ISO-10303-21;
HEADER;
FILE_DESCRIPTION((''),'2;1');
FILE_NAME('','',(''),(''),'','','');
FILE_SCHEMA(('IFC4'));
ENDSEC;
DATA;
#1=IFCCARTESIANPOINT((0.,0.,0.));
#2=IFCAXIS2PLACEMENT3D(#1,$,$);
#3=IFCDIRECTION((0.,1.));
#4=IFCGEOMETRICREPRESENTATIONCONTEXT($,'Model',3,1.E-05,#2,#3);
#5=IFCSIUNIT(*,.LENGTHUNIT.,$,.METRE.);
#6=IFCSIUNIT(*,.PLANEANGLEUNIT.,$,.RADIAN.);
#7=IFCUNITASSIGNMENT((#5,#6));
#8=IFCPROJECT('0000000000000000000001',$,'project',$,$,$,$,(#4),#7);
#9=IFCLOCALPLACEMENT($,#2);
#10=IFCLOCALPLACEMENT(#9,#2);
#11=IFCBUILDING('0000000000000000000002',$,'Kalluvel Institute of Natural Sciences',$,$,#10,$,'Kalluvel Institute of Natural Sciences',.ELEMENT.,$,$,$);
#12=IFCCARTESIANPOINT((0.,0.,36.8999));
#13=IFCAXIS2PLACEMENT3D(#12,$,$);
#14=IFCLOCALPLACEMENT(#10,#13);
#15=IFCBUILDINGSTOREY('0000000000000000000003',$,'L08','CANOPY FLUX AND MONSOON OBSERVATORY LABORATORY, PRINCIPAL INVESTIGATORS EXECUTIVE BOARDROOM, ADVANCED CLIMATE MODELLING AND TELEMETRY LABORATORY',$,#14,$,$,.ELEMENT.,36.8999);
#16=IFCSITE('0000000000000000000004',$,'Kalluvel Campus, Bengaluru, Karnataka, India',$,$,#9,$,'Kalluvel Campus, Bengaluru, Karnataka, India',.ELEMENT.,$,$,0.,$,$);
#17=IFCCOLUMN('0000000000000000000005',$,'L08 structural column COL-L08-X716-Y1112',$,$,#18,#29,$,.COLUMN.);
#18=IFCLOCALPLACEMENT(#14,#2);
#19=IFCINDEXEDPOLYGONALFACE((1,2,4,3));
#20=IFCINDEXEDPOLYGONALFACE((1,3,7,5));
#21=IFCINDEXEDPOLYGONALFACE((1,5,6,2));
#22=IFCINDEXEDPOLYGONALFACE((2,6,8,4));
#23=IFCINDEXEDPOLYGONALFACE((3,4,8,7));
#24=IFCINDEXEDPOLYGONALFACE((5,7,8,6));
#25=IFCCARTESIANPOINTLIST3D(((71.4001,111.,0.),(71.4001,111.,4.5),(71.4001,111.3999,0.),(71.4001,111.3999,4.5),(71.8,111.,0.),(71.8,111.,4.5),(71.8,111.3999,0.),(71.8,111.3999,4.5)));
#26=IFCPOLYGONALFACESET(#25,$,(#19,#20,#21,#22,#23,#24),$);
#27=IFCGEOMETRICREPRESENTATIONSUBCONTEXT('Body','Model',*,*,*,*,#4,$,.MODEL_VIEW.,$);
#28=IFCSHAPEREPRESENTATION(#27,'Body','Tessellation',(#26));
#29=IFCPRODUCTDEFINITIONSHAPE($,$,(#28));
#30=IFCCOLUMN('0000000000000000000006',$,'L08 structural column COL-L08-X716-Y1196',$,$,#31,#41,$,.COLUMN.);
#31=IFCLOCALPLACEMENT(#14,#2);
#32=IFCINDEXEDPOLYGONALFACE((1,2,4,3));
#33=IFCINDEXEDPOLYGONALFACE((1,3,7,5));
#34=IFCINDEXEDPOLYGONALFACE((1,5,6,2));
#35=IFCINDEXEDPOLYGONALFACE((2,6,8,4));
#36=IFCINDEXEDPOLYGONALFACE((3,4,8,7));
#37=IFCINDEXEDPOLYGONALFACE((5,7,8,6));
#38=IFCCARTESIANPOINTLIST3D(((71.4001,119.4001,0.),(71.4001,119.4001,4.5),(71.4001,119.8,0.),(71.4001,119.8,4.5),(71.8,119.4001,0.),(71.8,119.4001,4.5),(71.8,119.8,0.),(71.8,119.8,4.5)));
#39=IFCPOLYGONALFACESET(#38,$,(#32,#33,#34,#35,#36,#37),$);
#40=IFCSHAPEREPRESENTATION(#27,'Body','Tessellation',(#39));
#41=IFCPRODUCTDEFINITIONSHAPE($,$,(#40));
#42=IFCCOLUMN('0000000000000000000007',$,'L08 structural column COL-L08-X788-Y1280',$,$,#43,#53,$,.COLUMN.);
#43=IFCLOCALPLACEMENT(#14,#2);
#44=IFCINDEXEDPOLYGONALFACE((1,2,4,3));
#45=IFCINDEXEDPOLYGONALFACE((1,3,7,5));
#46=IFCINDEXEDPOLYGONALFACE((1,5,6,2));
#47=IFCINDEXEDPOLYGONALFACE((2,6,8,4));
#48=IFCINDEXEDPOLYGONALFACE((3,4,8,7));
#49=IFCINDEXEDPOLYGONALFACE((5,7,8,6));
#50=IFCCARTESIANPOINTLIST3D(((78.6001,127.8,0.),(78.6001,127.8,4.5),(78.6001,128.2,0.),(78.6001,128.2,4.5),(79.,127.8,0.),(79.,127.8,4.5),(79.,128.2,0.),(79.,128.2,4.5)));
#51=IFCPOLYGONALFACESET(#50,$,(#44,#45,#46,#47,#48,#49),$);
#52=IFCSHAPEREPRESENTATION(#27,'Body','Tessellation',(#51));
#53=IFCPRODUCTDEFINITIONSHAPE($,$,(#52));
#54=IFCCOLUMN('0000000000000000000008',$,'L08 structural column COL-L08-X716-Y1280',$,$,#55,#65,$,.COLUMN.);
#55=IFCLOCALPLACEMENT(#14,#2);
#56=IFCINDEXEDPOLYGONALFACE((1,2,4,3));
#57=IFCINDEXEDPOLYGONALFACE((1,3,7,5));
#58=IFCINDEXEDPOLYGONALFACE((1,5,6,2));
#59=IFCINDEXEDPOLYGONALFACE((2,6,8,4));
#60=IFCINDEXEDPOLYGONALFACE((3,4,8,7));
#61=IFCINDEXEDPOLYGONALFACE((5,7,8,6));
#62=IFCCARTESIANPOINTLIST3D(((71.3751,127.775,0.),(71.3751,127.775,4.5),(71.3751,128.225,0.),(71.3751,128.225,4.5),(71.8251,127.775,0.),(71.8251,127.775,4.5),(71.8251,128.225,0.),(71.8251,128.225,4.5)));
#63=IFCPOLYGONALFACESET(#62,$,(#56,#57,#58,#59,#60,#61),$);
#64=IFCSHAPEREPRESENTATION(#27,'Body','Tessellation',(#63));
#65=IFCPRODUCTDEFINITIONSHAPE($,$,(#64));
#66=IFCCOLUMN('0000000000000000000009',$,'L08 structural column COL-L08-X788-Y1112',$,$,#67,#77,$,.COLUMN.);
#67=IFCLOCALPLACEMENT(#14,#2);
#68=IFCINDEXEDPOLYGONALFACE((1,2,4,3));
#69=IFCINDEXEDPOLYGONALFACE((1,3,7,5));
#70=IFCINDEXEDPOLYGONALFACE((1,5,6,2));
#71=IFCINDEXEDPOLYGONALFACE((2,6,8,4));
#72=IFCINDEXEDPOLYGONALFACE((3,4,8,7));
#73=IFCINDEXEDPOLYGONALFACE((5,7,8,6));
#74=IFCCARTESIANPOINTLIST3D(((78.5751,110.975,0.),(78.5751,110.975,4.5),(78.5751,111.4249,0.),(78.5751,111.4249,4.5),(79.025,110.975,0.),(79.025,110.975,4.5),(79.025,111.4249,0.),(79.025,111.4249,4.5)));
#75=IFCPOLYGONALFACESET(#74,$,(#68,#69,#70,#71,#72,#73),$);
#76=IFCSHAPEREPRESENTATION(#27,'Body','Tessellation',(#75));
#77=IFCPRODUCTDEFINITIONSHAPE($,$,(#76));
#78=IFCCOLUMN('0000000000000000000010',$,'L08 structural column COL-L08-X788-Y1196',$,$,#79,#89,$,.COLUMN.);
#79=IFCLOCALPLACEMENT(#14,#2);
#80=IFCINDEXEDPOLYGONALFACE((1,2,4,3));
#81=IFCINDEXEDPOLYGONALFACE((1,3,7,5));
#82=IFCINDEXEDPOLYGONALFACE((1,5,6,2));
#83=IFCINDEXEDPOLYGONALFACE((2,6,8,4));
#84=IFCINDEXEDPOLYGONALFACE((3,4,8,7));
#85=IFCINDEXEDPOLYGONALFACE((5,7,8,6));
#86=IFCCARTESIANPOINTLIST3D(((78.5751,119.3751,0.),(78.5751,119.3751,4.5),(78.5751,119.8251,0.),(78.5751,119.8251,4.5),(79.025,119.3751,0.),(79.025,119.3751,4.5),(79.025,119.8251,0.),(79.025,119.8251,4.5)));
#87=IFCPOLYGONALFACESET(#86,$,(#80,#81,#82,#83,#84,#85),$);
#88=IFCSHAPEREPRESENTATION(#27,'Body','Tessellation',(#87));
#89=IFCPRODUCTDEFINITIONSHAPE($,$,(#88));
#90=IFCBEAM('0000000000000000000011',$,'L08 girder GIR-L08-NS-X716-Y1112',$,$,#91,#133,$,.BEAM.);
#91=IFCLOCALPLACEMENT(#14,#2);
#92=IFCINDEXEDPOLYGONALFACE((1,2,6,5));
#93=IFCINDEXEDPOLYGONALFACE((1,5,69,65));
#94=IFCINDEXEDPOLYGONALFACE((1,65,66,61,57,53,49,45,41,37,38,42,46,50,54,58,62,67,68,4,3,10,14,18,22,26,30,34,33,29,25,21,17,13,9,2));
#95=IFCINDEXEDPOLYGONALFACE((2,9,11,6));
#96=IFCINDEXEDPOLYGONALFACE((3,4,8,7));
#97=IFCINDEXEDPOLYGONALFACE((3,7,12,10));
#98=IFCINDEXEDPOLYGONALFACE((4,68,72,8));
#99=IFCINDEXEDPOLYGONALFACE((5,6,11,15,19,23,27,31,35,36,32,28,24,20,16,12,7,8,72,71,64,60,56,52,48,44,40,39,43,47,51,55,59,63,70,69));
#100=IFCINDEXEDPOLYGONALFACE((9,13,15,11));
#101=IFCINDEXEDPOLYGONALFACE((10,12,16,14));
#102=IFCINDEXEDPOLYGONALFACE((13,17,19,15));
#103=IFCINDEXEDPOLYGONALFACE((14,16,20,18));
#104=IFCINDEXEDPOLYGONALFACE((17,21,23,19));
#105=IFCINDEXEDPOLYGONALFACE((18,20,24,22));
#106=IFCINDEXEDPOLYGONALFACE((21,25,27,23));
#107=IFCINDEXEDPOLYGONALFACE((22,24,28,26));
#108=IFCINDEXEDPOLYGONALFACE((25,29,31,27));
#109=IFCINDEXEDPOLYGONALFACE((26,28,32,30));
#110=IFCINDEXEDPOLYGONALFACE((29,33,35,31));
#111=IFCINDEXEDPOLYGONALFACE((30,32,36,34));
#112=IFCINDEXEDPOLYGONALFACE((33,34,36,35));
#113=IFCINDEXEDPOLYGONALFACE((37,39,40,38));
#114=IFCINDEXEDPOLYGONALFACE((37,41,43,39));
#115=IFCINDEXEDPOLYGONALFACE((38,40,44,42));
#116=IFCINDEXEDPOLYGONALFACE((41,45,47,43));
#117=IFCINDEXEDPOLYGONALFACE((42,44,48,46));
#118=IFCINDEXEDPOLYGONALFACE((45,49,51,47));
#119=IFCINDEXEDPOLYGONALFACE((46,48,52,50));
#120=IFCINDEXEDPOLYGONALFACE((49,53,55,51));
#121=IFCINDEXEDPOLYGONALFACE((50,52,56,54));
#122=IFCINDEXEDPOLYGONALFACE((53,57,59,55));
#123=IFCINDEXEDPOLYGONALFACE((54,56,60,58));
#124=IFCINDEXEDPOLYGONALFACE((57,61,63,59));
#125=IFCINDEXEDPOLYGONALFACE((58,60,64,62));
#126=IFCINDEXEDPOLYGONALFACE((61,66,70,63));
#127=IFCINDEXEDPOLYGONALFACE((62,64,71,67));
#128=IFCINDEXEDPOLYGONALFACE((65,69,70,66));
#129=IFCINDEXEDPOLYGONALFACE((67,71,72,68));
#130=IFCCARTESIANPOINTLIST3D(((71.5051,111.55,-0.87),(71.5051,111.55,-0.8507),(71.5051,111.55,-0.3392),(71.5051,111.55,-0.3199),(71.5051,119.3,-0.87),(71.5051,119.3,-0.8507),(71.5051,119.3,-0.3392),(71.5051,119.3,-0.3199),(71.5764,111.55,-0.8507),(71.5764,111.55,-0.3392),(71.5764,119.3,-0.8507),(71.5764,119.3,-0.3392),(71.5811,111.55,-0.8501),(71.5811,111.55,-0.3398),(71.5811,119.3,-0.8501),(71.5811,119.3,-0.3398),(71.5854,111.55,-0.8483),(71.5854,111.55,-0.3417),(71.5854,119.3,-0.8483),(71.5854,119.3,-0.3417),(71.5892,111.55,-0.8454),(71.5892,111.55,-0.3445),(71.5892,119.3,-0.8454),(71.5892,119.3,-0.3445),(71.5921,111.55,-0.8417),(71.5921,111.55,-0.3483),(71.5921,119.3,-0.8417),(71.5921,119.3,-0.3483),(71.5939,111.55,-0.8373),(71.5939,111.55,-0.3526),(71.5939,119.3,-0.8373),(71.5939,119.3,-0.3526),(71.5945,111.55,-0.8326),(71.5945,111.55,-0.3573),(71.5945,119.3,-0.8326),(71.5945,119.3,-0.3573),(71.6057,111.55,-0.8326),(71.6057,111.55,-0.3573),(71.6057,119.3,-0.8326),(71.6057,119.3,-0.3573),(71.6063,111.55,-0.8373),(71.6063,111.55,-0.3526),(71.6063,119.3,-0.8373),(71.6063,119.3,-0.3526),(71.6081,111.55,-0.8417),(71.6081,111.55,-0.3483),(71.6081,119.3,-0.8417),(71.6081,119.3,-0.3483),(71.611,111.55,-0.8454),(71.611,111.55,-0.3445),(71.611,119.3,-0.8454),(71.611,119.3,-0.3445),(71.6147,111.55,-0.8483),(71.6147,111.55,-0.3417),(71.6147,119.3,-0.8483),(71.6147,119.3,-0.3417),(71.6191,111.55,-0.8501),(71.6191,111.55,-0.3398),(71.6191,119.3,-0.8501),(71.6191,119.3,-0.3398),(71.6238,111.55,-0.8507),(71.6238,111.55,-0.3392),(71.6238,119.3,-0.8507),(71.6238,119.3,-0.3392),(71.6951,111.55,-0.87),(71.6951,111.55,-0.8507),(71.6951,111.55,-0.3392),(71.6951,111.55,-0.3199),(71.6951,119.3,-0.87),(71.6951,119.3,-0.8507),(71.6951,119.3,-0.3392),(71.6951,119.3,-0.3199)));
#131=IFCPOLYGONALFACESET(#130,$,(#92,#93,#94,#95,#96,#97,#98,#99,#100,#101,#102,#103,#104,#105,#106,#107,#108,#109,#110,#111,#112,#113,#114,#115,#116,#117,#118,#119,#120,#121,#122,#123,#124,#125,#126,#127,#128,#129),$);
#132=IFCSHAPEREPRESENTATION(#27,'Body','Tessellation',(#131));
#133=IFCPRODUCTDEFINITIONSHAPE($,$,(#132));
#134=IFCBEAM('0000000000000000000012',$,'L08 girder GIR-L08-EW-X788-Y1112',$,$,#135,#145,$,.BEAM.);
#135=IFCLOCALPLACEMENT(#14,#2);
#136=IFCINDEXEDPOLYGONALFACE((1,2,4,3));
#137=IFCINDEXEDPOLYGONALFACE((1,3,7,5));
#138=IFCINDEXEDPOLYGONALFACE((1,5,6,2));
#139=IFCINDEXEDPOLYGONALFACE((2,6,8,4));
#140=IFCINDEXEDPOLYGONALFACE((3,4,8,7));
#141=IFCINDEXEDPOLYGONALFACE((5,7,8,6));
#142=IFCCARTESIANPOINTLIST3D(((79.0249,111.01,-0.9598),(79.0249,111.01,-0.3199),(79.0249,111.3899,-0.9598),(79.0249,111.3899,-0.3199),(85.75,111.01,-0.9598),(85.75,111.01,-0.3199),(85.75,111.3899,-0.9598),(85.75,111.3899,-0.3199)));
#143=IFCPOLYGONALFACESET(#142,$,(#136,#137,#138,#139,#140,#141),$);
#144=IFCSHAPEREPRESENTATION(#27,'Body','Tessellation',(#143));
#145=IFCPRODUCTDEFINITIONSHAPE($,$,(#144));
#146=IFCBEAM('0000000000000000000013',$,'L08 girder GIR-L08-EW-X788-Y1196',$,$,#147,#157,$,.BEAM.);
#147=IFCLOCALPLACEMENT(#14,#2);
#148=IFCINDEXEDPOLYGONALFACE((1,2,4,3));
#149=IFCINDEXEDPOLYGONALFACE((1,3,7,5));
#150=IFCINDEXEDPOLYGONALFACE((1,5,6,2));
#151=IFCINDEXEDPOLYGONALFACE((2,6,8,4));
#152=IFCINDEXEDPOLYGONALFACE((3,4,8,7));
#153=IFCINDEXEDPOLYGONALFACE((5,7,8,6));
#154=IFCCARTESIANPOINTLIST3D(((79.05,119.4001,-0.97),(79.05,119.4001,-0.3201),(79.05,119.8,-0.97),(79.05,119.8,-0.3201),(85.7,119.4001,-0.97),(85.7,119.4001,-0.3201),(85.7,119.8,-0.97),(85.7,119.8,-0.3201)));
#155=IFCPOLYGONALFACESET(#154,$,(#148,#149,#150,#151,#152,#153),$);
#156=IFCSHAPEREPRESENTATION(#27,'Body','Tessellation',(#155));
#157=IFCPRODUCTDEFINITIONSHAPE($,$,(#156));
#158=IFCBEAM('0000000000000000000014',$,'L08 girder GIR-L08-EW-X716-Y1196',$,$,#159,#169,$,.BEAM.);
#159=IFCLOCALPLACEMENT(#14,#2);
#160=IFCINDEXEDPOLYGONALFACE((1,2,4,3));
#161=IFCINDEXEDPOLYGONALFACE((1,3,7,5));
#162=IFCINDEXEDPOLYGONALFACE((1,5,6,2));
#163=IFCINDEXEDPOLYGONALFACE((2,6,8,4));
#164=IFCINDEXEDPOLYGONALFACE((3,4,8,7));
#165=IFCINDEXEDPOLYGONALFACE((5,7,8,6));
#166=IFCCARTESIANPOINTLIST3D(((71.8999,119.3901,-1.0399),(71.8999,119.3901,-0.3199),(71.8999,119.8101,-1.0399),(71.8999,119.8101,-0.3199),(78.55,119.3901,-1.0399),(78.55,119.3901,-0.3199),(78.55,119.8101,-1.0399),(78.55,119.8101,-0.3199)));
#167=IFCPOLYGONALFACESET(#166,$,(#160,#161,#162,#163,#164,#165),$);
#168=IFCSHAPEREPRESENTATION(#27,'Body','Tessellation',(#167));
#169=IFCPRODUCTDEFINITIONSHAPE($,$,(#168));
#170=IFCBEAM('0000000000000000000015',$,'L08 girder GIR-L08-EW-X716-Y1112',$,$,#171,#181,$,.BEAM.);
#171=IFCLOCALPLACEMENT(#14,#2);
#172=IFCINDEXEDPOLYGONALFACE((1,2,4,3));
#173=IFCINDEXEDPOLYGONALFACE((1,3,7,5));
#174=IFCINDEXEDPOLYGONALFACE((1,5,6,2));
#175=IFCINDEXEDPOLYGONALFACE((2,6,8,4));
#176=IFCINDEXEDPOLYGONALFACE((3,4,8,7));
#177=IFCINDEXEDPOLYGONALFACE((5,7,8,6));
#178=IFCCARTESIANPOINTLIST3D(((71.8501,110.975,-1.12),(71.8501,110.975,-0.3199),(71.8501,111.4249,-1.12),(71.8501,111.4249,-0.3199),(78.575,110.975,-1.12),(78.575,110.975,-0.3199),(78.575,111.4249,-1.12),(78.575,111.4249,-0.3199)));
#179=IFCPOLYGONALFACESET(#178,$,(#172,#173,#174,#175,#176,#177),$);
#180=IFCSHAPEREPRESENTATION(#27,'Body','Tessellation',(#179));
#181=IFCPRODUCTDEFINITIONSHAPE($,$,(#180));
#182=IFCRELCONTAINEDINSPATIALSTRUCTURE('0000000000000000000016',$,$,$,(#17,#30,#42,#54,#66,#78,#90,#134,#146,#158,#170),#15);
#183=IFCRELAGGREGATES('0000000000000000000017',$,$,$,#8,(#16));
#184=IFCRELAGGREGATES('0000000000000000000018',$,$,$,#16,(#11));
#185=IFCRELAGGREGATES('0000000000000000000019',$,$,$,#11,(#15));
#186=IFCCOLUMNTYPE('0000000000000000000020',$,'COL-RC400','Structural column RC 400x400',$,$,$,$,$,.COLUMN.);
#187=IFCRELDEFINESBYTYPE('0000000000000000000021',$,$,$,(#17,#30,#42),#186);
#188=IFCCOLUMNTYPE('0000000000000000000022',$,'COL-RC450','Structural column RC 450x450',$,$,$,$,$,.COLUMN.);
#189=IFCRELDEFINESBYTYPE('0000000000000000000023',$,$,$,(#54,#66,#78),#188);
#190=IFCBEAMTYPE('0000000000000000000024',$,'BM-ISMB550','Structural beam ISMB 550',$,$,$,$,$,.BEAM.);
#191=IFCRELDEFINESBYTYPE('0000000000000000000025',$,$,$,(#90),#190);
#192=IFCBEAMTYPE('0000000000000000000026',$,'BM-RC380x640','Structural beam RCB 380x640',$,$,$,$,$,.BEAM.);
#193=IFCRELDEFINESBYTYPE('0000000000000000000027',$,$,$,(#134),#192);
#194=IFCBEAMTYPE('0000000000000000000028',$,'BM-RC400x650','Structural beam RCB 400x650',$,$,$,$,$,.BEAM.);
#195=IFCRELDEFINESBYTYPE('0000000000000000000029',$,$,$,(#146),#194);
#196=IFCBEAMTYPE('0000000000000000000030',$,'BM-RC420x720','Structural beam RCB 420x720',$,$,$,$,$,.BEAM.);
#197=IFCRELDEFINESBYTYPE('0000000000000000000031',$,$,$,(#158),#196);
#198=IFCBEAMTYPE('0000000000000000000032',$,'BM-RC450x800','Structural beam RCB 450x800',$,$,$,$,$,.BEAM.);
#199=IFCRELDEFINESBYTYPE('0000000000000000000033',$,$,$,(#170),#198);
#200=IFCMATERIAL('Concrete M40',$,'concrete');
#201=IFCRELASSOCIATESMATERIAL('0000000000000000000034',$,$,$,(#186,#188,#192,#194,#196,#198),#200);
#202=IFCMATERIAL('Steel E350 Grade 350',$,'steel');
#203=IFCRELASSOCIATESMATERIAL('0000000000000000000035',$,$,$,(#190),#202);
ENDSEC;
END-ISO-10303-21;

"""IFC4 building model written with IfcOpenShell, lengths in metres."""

from ifc_helpers import new_model, si_unit, direction, frame, origin, origin_2d, place, context, subcontext, project, spatial, rectangle, i_section, extrude, material, material_profile, profile_set, type_object, element, save


model = new_model("IFC4")

# Units and contexts
model_context = context("Model", 3, precision=1e-05, world=origin(), true_north=direction((0.0, 1.0)))
body_context = subcontext(model_context, "Body", "Model", "MODEL_VIEW")
ifc_project = project(units=[si_unit("LENGTHUNIT", "METRE"), si_unit("PLANEANGLEUNIT", "RADIAN")], contexts=[model_context])

# Site, building, storey
site_placement = place(None, origin())
site = spatial("IfcSite", under=ifc_project, at=site_placement, Name="Kalluvel Campus, Bengaluru, Karnataka, India", LongName="Kalluvel Campus, Bengaluru, Karnataka, India", CompositionType="ELEMENT", RefElevation=0.0)
building_placement = place(site_placement, origin())
building = spatial("IfcBuilding", under=site, at=building_placement, Name="Kalluvel Institute of Natural Sciences", LongName="Kalluvel Institute of Natural Sciences", CompositionType="ELEMENT")
storey_placement = place(building_placement, frame((0.0, 0.0, 36.8999)))
storey = spatial("IfcBuildingStorey", under=building, at=storey_placement, Name="L08", Description="CANOPY FLUX AND MONSOON OBSERVATORY LABORATORY, PRINCIPAL INVESTIGATORS EXECUTIVE BOARDROOM, ADVANCED CLIMATE MODELLING AND TELEMETRY LABORATORY", CompositionType="ELEMENT", Elevation=36.8999)

# Columns
ifc_material_1 = material(Name="Concrete M40", Category="concrete")
ifc_material_profile_1 = material_profile(ifc_material_1, rectangle(XDim=0.3999, YDim=0.3999, at=origin_2d()), Name="RC 400x400")
ifc_profile_set_1 = profile_set([ifc_material_profile_1], Name="Concrete M40")
column_type_1 = type_object("IfcColumnType", Name="COL-RC400", Description="Structural column RC 400x400", PredefinedType="COLUMN", material=ifc_profile_set_1)
for number, where, z_axis, x_axis, name in (
    (1, (71.6001, 111.2, 0.0), (0.0, 0.0, 1.0), (1.0, 0.0, 0.0), "L08 structural column COL-L08-X716-Y1112"),
    (2, (71.6001, 119.6001, 0.0), (0.0, 0.0, 1.0), (1.0, 0.0, 0.0), "L08 structural column COL-L08-X716-Y1196"),
    (3, (78.8, 128.0, 0.0), (0.0, 0.0, 1.0), (1.0, 0.0, 0.0), "L08 structural column COL-L08-X788-Y1280"),
):
    element("IfcColumn", number, at=place(storey_placement, frame(where, z_axis=z_axis, x_axis=x_axis)), inside=storey, type_object=column_type_1, Name=name, PredefinedType="COLUMN", context=body_context, shape_type="SweptSolid", body=[
        extrude(rectangle(XDim=0.3999, YDim=0.3999, at=origin_2d()), origin(), (0.0, 0.0, 1.0), 4.5),
    ])
ifc_material_profile_2 = material_profile(ifc_material_1, rectangle(XDim=0.45, YDim=0.45, at=origin_2d()), Name="RC 450x450")
ifc_profile_set_2 = profile_set([ifc_material_profile_2], Name="Concrete M40")
column_type_2 = type_object("IfcColumnType", Name="COL-RC450", Description="Structural column RC 450x450", PredefinedType="COLUMN", material=ifc_profile_set_2)
for number, where, z_axis, x_axis, name in (
    (4, (71.6001, 128.0, 0.0), (0.0, 0.0, 1.0), (1.0, 0.0, 0.0), "L08 structural column COL-L08-X716-Y1280"),
    (5, (78.8, 111.2, 0.0), (0.0, 0.0, 1.0), (1.0, 0.0, 0.0), "L08 structural column COL-L08-X788-Y1112"),
    (6, (78.8, 119.6001, 0.0), (0.0, 0.0, 1.0), (1.0, 0.0, 0.0), "L08 structural column COL-L08-X788-Y1196"),
):
    element("IfcColumn", number, at=place(storey_placement, frame(where, z_axis=z_axis, x_axis=x_axis)), inside=storey, type_object=column_type_2, Name=name, PredefinedType="COLUMN", context=body_context, shape_type="SweptSolid", body=[
        extrude(rectangle(XDim=0.45, YDim=0.45, at=origin_2d()), origin(), (0.0, 0.0, 1.0), 4.5),
    ])

# Beams
ifc_material_2 = material(Name="Steel E350 Grade 350", Category="steel")
ifc_material_profile_3 = material_profile(ifc_material_2, i_section(OverallWidth=0.1899, OverallDepth=0.55, WebThickness=0.0112, FlangeThickness=0.0193, FilletRadius=0.0181, at=origin_2d()), Name="ISMB 550")
ifc_profile_set_3 = profile_set([ifc_material_profile_3], Name="Steel E350 Grade 350")
beam_type_1 = type_object("IfcBeamType", Name="BM-ISMB550", Description="Structural beam ISMB 550", PredefinedType="BEAM", material=ifc_profile_set_3)
beam_1_placement = place(storey_placement, frame((71.6001, 111.55, -0.595), z_axis=(0.0, 1.0, 0.0), x_axis=(-1.0, 0.0, 0.0)))
element("IfcBeam", 7, at=beam_1_placement, inside=storey, type_object=beam_type_1, Name="L08 girder GIR-L08-NS-X716-Y1112", PredefinedType="BEAM", context=body_context, shape_type="SweptSolid", body=[
    extrude(i_section(OverallWidth=0.1899, OverallDepth=0.55, WebThickness=0.0112, FlangeThickness=0.0193, FilletRadius=0.0181, at=origin_2d()), origin(), (0.0, 0.0, 1.0), 7.75),
])
ifc_material_profile_4 = material_profile(ifc_material_1, rectangle(XDim=0.3799, YDim=0.6399, at=origin_2d()), Name="RCB 380x640")
ifc_profile_set_4 = profile_set([ifc_material_profile_4], Name="Concrete M40")
beam_type_2 = type_object("IfcBeamType", Name="BM-RC380x640", Description="Structural beam RCB 380x640", PredefinedType="BEAM", material=ifc_profile_set_4)
beam_2_placement = place(storey_placement, frame((79.0249, 111.2, -0.6399), z_axis=(1.0, 0.0, 0.0), x_axis=(0.0, 1.0, 0.0)))
element("IfcBeam", 8, at=beam_2_placement, inside=storey, type_object=beam_type_2, Name="L08 girder GIR-L08-EW-X788-Y1112", PredefinedType="BEAM", context=body_context, shape_type="SweptSolid", body=[
    extrude(rectangle(XDim=0.3799, YDim=0.6399, at=origin_2d()), origin(), (0.0, 0.0, 1.0), 6.7251),
])
ifc_material_profile_5 = material_profile(ifc_material_1, rectangle(XDim=0.3999, YDim=0.6499, at=origin_2d()), Name="RCB 400x650")
ifc_profile_set_5 = profile_set([ifc_material_profile_5], Name="Concrete M40")
beam_type_3 = type_object("IfcBeamType", Name="BM-RC400x650", Description="Structural beam RCB 400x650", PredefinedType="BEAM", material=ifc_profile_set_5)
beam_3_placement = place(storey_placement, frame((79.05, 119.6001, -0.645), z_axis=(1.0, 0.0, 0.0), x_axis=(0.0, 1.0, 0.0)))
element("IfcBeam", 9, at=beam_3_placement, inside=storey, type_object=beam_type_3, Name="L08 girder GIR-L08-EW-X788-Y1196", PredefinedType="BEAM", context=body_context, shape_type="SweptSolid", body=[
    extrude(rectangle(XDim=0.3999, YDim=0.6499, at=origin_2d()), origin(), (0.0, 0.0, 1.0), 6.6499),
])
ifc_material_profile_6 = material_profile(ifc_material_1, rectangle(XDim=0.4199, YDim=0.72, at=origin_2d()), Name="RCB 420x720")
ifc_profile_set_6 = profile_set([ifc_material_profile_6], Name="Concrete M40")
beam_type_4 = type_object("IfcBeamType", Name="BM-RC420x720", Description="Structural beam RCB 420x720", PredefinedType="BEAM", material=ifc_profile_set_6)
beam_4_placement = place(storey_placement, frame((71.8999, 119.6001, -0.6799), z_axis=(1.0, 0.0, 0.0), x_axis=(0.0, 1.0, 0.0)))
element("IfcBeam", 10, at=beam_4_placement, inside=storey, type_object=beam_type_4, Name="L08 girder GIR-L08-EW-X716-Y1196", PredefinedType="BEAM", context=body_context, shape_type="SweptSolid", body=[
    extrude(rectangle(XDim=0.4199, YDim=0.72, at=origin_2d()), origin(), (0.0, 0.0, 1.0), 6.6501),
])
ifc_material_profile_7 = material_profile(ifc_material_1, rectangle(XDim=0.45, YDim=0.8, at=origin_2d()), Name="RCB 450x800")
ifc_profile_set_7 = profile_set([ifc_material_profile_7], Name="Concrete M40")
beam_type_5 = type_object("IfcBeamType", Name="BM-RC450x800", Description="Structural beam RCB 450x800", PredefinedType="BEAM", material=ifc_profile_set_7)
beam_5_placement = place(storey_placement, frame((71.8501, 111.2, -0.72), z_axis=(1.0, 0.0, 0.0), x_axis=(0.0, 1.0, 0.0)))
element("IfcBeam", 11, at=beam_5_placement, inside=storey, type_object=beam_type_5, Name="L08 girder GIR-L08-EW-X716-Y1112", PredefinedType="BEAM", context=body_context, shape_type="SweptSolid", body=[
    extrude(rectangle(XDim=0.45, YDim=0.8, at=origin_2d()), origin(), (0.0, 0.0, 1.0), 6.7249),
])

save(model, "model.ifc")
